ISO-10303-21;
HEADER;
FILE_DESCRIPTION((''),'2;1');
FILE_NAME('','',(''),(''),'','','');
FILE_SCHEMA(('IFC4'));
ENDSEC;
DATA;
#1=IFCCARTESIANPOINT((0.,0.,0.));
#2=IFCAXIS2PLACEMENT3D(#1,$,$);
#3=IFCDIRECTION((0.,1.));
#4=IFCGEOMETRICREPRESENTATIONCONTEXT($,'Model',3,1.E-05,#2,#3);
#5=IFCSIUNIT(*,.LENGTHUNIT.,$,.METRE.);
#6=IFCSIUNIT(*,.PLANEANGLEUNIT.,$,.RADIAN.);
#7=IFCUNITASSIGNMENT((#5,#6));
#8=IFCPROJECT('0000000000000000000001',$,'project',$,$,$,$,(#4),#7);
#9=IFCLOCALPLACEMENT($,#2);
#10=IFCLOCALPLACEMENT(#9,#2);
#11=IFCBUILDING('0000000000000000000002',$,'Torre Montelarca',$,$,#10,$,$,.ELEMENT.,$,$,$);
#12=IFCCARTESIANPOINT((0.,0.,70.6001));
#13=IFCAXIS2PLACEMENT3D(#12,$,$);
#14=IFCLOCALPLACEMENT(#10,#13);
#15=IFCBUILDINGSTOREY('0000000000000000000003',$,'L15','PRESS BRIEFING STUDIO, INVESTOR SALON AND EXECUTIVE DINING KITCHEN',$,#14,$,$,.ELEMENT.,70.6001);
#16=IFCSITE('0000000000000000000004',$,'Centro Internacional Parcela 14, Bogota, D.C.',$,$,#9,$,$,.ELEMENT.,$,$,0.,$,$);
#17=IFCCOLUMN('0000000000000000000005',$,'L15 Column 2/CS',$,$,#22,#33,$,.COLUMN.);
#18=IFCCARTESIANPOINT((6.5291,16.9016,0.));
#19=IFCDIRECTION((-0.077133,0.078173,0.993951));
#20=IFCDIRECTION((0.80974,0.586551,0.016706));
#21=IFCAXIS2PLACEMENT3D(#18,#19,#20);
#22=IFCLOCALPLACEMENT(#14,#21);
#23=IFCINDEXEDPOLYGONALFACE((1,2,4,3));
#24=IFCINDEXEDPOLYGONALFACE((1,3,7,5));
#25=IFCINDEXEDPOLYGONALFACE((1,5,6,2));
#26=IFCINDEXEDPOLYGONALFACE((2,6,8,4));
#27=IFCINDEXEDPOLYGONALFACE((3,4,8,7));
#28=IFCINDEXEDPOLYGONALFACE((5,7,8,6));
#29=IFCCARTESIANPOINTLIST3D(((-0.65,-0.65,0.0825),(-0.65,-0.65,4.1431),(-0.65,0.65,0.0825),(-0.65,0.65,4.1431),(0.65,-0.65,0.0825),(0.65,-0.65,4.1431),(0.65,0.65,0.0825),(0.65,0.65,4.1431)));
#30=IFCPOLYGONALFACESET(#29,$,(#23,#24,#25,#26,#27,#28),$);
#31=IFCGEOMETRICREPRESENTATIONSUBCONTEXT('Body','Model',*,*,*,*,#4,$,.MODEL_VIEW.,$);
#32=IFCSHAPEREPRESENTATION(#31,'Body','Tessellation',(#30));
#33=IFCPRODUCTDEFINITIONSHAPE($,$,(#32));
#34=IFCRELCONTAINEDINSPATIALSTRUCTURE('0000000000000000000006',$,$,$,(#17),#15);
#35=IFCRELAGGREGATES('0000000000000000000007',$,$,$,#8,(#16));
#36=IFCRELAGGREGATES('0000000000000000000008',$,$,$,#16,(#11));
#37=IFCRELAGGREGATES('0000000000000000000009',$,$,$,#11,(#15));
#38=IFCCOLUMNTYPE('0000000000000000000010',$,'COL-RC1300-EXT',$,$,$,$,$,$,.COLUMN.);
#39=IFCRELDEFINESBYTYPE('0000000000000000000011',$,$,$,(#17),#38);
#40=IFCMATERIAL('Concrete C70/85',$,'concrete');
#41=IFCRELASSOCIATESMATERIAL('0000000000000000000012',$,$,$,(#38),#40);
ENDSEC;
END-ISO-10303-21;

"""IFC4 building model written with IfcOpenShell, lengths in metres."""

from ifc_helpers import new_model, si_unit, direction, frame, origin, origin_2d, place, context, subcontext, project, spatial, rectangle, extrude, clip, halfspace, material, material_profile, profile_set, type_object, element, save


model = new_model("IFC4")

# Units and contexts
model_context = context("Model", 3, precision=1e-05, world=origin(), true_north=direction((0.0, 1.0)))
body_context = subcontext(model_context, "Body", "Model", "MODEL_VIEW")
ifc_project = project(units=[si_unit("LENGTHUNIT", "METRE"), si_unit("PLANEANGLEUNIT", "RADIAN")], contexts=[model_context])

# Site, building, storey
site_placement = place(None, origin())
site = spatial("IfcSite", under=ifc_project, at=site_placement, Name="Centro Internacional Parcela 14, Bogota, D.C.", CompositionType="ELEMENT", RefElevation=0.0)
building_placement = place(site_placement, origin())
building = spatial("IfcBuilding", under=site, at=building_placement, Name="Torre Montelarca", CompositionType="ELEMENT")
storey_placement = place(building_placement, frame((0.0, 0.0, 70.6001)))
storey = spatial("IfcBuildingStorey", under=building, at=storey_placement, Name="L15", Description="PRESS BRIEFING STUDIO, INVESTOR SALON AND EXECUTIVE DINING KITCHEN", CompositionType="ELEMENT", Elevation=70.6001)

# Column
ifc_material_1 = material(Name="Concrete C70/85", Category="concrete")
ifc_material_profile_1 = material_profile(ifc_material_1, rectangle(XDim=1.3, YDim=1.3, at=origin_2d()), Name="RC1300X1300", Category="concrete")
ifc_profile_set_1 = profile_set([ifc_material_profile_1], Name="Concrete C70/85")
column_type = type_object("IfcColumnType", Name="COL-RC1300-EXT", PredefinedType="COLUMN", material=ifc_profile_set_1)
column_placement = place(storey_placement, frame((6.5291, 16.9016, 0.0), z_axis=(-0.077133, 0.078173, 0.993951), x_axis=(0.80974, 0.586551, 0.016706)))
element("IfcColumn", 1, at=column_placement, inside=storey, type_object=column_type, Name="L15 Column 2/CS", PredefinedType="COLUMN", context=body_context, shape_type="Clipping", body=[
    clip(clip(extrude(rectangle(XDim=1.3, YDim=1.3, at=origin_2d()), origin(), (0.0, 0.0, 1.0), 4.2256), halfspace(frame((0.0, 0.0, 0.0825), z_axis=(0.0, 0.0, -1.0), x_axis=(1.0, 0.0, 0.0)), False)), halfspace(frame((0.0, 0.0, 4.1431), z_axis=(0.0, 0.0, 1.0), x_axis=(1.0, 0.0, 0.0)), False)),
])

save(model, "model.ifc")
